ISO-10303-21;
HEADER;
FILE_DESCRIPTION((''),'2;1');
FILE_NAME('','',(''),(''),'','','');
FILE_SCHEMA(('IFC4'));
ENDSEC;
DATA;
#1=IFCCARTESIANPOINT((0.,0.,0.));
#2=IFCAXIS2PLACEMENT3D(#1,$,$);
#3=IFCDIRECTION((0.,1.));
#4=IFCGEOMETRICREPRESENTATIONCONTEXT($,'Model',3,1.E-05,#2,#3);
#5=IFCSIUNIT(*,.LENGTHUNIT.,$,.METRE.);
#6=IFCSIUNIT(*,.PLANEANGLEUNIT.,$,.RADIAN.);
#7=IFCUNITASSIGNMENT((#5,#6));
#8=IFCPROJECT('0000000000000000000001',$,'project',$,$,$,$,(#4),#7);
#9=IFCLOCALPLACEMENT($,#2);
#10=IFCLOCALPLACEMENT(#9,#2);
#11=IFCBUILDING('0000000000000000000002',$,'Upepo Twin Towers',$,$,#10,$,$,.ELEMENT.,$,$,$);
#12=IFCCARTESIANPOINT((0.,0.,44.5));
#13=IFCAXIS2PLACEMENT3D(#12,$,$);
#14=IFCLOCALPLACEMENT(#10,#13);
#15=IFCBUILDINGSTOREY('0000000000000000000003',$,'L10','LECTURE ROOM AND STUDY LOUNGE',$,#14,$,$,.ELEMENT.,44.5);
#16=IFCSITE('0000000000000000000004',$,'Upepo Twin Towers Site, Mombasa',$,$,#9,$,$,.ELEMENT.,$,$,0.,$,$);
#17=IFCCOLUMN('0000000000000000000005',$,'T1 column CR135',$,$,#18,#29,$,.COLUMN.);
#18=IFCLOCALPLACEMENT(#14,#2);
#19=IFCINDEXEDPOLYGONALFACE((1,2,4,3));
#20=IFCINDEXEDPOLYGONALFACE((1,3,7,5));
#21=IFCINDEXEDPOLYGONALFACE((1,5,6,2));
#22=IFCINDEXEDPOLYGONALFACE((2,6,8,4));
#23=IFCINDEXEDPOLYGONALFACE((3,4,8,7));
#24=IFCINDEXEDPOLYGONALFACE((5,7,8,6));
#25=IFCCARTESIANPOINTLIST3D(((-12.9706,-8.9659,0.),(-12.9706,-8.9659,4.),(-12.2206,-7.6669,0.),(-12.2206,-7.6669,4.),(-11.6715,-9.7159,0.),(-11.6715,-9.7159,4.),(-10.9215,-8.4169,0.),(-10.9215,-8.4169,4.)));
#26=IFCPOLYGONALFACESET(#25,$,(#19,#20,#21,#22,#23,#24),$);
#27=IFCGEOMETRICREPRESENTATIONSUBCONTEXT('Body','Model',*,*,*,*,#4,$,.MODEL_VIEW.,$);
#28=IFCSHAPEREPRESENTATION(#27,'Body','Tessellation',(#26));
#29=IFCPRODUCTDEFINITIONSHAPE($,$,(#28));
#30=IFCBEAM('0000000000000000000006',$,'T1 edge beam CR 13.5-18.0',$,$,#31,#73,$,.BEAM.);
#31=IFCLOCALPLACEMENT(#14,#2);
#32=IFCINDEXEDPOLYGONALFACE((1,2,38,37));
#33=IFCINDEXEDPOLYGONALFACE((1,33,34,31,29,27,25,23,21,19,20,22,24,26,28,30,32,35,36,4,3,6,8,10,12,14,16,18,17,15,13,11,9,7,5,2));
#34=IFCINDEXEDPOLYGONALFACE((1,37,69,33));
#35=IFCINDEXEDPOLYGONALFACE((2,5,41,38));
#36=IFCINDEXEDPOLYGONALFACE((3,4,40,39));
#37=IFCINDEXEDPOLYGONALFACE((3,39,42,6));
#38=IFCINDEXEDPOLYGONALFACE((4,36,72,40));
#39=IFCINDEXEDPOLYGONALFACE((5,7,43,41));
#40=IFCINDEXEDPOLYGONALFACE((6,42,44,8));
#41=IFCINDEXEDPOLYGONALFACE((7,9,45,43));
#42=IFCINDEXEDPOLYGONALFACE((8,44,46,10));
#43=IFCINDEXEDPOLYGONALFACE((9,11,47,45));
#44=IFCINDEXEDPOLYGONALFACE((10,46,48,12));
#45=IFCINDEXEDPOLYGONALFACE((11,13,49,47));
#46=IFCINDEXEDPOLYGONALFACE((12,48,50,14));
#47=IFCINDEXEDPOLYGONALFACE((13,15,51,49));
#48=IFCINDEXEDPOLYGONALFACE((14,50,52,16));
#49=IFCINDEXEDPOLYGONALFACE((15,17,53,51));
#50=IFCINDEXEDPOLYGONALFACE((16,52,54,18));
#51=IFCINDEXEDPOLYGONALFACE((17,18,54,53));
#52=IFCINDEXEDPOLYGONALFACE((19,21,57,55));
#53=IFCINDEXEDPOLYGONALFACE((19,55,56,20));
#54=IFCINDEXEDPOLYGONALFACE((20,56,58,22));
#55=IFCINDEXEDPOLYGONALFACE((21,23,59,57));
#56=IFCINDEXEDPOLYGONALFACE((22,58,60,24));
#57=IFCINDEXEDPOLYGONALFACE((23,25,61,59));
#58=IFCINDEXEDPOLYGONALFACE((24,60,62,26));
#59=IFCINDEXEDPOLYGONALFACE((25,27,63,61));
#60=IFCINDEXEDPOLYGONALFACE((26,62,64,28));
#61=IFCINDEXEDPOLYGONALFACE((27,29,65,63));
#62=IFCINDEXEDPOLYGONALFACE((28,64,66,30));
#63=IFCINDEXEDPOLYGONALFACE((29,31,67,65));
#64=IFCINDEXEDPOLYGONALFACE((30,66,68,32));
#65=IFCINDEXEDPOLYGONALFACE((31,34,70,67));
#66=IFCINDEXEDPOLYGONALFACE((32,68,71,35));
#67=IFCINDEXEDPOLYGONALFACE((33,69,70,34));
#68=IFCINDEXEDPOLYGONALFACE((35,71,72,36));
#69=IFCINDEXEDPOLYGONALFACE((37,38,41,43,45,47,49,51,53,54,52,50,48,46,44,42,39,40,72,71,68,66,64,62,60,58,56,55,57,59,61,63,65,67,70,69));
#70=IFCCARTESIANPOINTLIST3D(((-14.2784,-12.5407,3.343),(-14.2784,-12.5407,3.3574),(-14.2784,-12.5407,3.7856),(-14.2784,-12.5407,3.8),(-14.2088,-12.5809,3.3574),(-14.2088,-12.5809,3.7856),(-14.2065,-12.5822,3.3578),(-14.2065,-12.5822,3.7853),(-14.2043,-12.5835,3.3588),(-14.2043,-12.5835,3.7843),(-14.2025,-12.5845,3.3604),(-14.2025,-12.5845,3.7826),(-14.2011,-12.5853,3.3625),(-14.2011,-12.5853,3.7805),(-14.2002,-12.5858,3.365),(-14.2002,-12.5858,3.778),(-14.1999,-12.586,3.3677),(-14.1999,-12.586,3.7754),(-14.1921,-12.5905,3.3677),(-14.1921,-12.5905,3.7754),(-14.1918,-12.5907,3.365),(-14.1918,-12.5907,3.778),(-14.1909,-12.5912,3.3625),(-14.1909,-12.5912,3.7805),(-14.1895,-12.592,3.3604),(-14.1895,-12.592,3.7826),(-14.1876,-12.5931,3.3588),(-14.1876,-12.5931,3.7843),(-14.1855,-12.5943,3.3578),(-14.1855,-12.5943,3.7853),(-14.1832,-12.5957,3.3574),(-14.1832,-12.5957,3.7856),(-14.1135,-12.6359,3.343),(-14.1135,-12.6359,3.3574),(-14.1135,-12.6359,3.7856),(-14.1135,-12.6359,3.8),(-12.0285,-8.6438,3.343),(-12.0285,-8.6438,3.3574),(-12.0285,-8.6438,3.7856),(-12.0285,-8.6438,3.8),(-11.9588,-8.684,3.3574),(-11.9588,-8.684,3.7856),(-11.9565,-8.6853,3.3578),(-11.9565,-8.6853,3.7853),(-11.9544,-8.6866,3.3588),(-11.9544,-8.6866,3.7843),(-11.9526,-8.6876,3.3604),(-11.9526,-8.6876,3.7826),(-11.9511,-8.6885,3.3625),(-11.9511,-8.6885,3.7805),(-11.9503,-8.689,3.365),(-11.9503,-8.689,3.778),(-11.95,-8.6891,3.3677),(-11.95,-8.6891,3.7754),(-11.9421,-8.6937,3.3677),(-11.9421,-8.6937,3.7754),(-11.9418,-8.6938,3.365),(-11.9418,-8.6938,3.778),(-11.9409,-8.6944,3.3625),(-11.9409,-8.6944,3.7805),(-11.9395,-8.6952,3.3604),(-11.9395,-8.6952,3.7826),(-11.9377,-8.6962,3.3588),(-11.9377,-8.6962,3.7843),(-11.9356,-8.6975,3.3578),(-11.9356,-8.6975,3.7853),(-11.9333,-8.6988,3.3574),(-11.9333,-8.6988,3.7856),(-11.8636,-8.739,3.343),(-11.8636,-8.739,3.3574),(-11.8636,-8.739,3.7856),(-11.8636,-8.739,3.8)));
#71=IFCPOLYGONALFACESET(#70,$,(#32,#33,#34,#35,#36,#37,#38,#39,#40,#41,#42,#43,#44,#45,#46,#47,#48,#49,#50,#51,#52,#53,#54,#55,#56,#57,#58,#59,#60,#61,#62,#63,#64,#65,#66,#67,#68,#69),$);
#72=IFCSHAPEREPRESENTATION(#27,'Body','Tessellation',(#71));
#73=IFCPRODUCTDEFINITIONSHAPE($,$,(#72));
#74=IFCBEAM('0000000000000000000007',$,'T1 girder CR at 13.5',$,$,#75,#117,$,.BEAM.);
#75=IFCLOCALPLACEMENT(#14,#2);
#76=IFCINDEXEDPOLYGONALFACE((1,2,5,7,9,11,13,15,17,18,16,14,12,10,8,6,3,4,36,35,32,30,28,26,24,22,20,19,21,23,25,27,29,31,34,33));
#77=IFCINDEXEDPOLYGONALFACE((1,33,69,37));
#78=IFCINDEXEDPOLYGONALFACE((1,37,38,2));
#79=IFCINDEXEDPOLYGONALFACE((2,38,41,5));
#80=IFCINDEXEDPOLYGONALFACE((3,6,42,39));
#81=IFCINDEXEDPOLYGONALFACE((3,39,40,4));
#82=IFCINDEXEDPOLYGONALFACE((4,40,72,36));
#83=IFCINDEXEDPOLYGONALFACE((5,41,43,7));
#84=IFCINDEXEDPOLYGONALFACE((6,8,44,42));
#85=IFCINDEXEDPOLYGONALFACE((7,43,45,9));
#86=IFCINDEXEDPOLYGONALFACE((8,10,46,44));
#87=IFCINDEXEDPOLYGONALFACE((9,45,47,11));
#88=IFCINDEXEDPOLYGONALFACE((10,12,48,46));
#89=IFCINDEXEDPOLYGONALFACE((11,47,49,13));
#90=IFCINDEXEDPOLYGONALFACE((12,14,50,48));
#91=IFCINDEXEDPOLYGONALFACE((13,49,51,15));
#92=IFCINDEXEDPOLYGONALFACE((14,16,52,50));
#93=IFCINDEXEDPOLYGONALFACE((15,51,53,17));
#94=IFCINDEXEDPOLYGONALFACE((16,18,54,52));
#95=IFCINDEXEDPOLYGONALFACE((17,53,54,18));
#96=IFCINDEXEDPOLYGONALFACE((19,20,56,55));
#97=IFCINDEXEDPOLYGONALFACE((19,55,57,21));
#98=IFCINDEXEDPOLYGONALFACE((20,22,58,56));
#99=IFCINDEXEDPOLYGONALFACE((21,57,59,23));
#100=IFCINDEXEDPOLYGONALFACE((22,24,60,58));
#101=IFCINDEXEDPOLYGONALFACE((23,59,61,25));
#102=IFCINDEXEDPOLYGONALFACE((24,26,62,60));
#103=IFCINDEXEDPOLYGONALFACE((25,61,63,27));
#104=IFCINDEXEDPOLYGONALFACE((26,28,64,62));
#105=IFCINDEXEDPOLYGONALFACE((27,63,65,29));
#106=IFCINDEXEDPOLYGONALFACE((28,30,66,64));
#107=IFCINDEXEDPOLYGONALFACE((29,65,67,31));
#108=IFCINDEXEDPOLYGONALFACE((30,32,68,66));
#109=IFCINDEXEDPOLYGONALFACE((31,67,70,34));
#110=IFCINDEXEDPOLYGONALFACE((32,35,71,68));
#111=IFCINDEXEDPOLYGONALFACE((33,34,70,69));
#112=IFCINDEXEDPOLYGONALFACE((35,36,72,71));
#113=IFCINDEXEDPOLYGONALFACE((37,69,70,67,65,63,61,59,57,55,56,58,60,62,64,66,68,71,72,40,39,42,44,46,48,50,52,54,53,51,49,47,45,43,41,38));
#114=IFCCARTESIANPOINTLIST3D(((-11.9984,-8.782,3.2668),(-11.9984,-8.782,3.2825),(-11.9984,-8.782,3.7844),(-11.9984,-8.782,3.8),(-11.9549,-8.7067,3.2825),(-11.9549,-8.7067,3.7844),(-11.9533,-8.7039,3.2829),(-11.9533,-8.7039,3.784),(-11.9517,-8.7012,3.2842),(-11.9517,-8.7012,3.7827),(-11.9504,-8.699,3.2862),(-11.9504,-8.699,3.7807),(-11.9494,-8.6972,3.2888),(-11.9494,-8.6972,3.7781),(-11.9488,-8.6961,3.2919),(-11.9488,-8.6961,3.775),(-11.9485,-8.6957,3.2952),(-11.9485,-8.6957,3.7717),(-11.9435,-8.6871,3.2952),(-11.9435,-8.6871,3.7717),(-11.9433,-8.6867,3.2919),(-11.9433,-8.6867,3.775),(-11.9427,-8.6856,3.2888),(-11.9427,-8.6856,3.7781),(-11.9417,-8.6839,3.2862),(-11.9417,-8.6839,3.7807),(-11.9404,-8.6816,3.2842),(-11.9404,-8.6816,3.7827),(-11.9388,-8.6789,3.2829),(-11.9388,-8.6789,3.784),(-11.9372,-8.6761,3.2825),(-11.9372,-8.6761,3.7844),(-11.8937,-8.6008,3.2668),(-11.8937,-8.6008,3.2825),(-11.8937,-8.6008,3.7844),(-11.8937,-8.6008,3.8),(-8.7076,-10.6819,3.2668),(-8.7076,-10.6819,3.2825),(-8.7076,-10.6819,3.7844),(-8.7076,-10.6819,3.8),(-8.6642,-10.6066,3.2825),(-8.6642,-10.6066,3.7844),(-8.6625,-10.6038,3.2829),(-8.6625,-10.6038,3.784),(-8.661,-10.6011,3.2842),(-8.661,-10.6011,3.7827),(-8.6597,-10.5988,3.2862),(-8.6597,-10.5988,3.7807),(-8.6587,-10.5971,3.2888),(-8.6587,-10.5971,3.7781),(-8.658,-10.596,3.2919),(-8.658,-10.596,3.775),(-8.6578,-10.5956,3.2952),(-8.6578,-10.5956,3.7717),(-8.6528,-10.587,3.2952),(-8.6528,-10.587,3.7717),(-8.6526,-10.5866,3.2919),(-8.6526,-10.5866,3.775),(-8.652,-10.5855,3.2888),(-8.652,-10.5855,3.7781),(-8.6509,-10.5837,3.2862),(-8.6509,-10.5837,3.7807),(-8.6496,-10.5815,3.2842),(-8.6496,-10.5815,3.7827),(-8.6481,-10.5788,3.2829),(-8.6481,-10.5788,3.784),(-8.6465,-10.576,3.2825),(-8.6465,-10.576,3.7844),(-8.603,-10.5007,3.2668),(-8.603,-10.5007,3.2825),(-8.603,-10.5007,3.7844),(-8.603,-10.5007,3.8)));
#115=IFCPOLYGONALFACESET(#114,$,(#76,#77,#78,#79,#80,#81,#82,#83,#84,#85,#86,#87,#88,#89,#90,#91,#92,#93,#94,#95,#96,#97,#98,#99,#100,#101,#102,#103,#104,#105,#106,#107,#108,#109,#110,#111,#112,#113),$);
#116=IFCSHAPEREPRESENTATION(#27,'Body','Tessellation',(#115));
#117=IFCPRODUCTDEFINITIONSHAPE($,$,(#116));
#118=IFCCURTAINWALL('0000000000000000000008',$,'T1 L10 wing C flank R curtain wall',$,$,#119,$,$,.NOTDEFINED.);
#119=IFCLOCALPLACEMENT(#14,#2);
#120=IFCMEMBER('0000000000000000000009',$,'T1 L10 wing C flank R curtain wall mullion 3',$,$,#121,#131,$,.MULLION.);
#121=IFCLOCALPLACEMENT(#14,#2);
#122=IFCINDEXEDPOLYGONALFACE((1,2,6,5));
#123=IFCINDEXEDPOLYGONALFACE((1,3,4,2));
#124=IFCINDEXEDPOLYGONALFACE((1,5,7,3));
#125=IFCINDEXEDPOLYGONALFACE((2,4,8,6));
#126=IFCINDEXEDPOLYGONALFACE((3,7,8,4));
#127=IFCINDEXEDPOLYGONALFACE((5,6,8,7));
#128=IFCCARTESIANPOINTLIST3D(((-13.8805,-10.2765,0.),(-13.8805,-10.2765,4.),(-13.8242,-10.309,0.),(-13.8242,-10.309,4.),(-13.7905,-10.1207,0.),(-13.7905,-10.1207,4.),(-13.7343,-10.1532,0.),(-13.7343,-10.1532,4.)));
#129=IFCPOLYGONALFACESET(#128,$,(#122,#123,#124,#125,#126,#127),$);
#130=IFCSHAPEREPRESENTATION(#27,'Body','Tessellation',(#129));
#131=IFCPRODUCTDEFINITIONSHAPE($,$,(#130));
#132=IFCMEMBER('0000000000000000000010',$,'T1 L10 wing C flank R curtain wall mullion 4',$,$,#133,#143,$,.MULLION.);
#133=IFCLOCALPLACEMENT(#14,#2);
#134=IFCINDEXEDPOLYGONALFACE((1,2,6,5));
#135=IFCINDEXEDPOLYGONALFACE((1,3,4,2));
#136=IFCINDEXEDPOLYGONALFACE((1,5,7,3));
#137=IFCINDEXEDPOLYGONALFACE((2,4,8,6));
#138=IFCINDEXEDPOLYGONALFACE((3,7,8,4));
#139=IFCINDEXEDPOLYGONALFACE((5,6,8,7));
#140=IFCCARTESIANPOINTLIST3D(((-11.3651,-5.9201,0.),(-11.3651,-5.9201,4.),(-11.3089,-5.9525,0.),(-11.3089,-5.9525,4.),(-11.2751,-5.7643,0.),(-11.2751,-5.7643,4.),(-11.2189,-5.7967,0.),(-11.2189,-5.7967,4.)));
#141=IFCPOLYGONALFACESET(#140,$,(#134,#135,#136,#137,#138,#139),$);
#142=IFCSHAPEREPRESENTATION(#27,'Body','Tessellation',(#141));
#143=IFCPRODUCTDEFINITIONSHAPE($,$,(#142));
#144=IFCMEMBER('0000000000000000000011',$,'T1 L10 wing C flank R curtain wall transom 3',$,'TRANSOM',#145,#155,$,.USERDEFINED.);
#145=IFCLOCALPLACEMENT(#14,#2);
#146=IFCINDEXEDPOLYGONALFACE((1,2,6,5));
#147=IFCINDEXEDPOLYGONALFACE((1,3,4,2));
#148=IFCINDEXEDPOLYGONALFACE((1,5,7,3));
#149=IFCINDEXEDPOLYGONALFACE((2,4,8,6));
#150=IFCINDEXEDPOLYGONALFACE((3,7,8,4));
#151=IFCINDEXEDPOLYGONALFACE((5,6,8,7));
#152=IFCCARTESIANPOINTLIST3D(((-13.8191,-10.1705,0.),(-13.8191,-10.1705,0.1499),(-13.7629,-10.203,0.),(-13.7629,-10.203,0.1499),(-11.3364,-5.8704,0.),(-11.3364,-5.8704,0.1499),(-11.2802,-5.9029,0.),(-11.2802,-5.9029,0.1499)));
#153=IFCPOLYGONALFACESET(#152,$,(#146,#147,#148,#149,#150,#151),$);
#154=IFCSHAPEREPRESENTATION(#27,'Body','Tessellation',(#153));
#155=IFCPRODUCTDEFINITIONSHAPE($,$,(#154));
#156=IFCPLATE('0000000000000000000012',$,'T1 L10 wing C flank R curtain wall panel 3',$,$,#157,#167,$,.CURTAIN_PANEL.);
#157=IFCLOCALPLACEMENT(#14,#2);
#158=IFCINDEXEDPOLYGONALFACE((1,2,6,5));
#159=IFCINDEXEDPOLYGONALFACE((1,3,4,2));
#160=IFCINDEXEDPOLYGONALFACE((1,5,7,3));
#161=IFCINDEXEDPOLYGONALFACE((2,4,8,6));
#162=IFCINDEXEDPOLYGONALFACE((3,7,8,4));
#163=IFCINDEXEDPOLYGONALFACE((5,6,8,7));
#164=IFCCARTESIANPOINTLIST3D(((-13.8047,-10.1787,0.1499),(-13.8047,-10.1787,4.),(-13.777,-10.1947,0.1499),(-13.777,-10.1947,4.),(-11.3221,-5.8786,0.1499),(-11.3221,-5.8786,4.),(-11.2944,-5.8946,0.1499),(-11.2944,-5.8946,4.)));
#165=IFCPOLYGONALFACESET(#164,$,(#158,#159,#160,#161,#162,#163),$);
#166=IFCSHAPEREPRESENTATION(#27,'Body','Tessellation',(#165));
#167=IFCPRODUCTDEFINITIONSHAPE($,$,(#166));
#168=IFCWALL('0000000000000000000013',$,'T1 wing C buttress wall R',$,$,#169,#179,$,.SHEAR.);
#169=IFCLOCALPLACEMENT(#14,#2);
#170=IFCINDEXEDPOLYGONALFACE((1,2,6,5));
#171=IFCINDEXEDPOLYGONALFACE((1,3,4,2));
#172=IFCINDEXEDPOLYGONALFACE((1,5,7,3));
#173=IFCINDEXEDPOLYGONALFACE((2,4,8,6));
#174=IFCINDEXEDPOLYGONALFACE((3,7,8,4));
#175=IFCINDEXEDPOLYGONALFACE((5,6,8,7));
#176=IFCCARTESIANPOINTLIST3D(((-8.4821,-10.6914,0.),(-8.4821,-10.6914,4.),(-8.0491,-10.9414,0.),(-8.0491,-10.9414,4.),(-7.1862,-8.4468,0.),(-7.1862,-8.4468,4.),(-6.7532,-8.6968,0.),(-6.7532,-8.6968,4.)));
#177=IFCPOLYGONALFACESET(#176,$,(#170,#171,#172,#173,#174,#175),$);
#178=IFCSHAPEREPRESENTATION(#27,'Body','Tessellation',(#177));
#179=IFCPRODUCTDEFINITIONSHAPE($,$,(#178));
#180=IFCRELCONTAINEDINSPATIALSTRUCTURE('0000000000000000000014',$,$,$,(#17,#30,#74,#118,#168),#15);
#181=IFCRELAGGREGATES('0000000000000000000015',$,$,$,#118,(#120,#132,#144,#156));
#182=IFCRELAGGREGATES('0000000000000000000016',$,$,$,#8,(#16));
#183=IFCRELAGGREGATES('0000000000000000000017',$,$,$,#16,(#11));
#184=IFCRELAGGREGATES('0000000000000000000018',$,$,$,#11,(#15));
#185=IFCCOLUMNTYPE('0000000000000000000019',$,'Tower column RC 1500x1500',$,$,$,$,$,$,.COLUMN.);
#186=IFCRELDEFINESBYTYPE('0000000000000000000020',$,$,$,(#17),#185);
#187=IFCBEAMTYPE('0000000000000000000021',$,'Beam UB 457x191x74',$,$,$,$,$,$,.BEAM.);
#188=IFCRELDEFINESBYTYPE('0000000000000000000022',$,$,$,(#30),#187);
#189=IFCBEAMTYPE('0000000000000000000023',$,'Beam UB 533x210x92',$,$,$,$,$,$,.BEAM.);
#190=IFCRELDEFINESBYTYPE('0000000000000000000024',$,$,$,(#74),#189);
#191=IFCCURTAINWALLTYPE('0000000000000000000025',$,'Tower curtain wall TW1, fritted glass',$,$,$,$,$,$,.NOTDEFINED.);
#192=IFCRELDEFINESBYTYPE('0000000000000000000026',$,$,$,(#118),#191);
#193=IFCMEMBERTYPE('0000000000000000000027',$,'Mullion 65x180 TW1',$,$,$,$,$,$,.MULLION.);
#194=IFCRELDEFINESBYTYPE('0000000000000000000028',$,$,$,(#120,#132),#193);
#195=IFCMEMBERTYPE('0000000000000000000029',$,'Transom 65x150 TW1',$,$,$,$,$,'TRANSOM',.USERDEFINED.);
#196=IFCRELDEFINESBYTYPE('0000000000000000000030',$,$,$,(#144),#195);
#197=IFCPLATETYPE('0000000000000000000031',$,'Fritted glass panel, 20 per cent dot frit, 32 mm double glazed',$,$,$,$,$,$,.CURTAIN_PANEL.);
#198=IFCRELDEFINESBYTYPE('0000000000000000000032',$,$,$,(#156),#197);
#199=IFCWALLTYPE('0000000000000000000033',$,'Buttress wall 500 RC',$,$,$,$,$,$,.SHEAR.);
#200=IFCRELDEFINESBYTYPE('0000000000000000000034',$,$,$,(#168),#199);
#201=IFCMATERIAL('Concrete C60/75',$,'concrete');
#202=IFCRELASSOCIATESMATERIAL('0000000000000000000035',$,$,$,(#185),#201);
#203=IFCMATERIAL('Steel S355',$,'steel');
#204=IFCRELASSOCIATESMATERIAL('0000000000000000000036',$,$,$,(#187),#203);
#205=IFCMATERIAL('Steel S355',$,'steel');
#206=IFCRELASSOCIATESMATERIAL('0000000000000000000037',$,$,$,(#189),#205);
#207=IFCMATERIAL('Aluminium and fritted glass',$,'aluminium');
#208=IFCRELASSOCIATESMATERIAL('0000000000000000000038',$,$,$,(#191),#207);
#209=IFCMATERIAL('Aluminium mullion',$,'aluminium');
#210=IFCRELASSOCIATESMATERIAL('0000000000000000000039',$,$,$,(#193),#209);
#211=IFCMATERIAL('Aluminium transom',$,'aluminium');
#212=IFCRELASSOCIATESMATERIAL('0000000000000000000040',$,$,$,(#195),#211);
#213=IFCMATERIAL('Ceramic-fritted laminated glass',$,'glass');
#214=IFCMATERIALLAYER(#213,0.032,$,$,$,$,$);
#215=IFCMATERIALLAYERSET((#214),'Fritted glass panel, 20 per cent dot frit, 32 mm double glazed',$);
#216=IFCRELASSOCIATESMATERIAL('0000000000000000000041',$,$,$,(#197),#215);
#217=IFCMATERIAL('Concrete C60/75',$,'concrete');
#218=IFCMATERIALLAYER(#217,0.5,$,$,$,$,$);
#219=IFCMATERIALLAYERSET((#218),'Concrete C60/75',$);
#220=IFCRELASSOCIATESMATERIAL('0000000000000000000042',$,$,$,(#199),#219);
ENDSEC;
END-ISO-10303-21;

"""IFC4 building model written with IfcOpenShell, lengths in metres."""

from ifc_helpers import new_model, si_unit, direction, frame, frame_2d, origin, origin_2d, place, context, subcontext, project, spatial, rectangle, i_section, extrude, material, layer, layer_set, material_profile, profile_set, type_object, element, aggregate, save


model = new_model("IFC4")

# Units and contexts
model_context = context("Model", 3, precision=1e-05, world=origin(), true_north=direction((0.0, 1.0)))
body_context = subcontext(model_context, "Body", "Model", "MODEL_VIEW")
ifc_project = project(units=[si_unit("LENGTHUNIT", "METRE"), si_unit("PLANEANGLEUNIT", "RADIAN")], contexts=[model_context])

# Site, building, storey
site_placement = place(None, origin())
site = spatial("IfcSite", under=ifc_project, at=site_placement, Name="Upepo Twin Towers Site, Mombasa", CompositionType="ELEMENT", RefElevation=0.0)
building_placement = place(site_placement, origin())
building = spatial("IfcBuilding", under=site, at=building_placement, Name="Upepo Twin Towers", CompositionType="ELEMENT")
storey_placement = place(building_placement, frame((0.0, 0.0, 44.5)))
storey = spatial("IfcBuildingStorey", under=building, at=storey_placement, Name="L10", Description="LECTURE ROOM AND STUDY LOUNGE", CompositionType="ELEMENT", Elevation=44.5)

# Column
ifc_material_1 = material(Name="Concrete C60/75", Category="concrete")
ifc_material_profile_1 = material_profile(ifc_material_1, rectangle(XDim=1.5, YDim=1.5, at=origin_2d()), Name="RC 1500x1500")
ifc_profile_set_1 = profile_set([ifc_material_profile_1], Name="Concrete C60/75")
column_type = type_object("IfcColumnType", Name="Tower column RC 1500x1500", PredefinedType="COLUMN", material=ifc_profile_set_1)
column_placement = place(storey_placement, frame((-11.946, -8.6914, 0.0), z_axis=(0.0, 0.0, 1.0), x_axis=(0.5, 0.866025, 0.0)))
element("IfcColumn", 1, at=column_placement, inside=storey, type_object=column_type, Name="T1 column CR135", PredefinedType="COLUMN", context=body_context, shape_type="SweptSolid", body=[
    extrude(rectangle(XDim=1.5, YDim=1.5, at=origin_2d()), origin(), (0.0, 0.0, 1.0), 4.0),
])

# Beams
ifc_material_2 = material(Name="Steel S355", Category="steel")
ifc_material_profile_2 = material_profile(ifc_material_2, i_section(OverallWidth=0.1904, OverallDepth=0.457, WebThickness=0.009, FlangeThickness=0.0144, FilletRadius=0.0103, at=origin_2d()), Name="UB 457x191x74")
ifc_profile_set_2 = profile_set([ifc_material_profile_2], Name="Steel S355")
beam_type_1 = type_object("IfcBeamType", Name="Beam UB 457x191x74", PredefinedType="BEAM", material=ifc_profile_set_2)
beam_1_placement = place(storey_placement, frame((-11.946, -8.6914, 3.5715), z_axis=(-0.500014, -0.866018, 0.0), x_axis=(0.866018, -0.500014, 0.0)))
element("IfcBeam", 2, at=beam_1_placement, inside=storey, type_object=beam_type_1, Name="T1 edge beam CR 13.5-18.0", PredefinedType="BEAM", context=body_context, shape_type="SweptSolid", body=[
    extrude(i_section(OverallWidth=0.1904, OverallDepth=0.457, WebThickness=0.009, FlangeThickness=0.0144, FilletRadius=0.0103, at=origin_2d()), origin(), (0.0, 0.0, 1.0), 4.4998),
])
ifc_material_3 = material(Name="Steel S355", Category="steel")
ifc_material_profile_3 = material_profile(ifc_material_3, i_section(OverallWidth=0.2092, OverallDepth=0.5332, WebThickness=0.01, FlangeThickness=0.0156, FilletRadius=0.0127, at=origin_2d()), Name="UB 533x210x92")
ifc_profile_set_3 = profile_set([ifc_material_profile_3], Name="Steel S355")
beam_type_2 = type_object("IfcBeamType", Name="Beam UB 533x210x92", PredefinedType="BEAM", material=ifc_profile_set_3)
beam_2_placement = place(storey_placement, frame((-11.946, -8.6914, 3.5334), z_axis=(0.866028, -0.499995, 0.0), x_axis=(0.499995, 0.866028, 0.0)))
element("IfcBeam", 3, at=beam_2_placement, inside=storey, type_object=beam_type_2, Name="T1 girder CR at 13.5", PredefinedType="BEAM", context=body_context, shape_type="SweptSolid", body=[
    extrude(i_section(OverallWidth=0.2092, OverallDepth=0.5332, WebThickness=0.01, FlangeThickness=0.0156, FilletRadius=0.0127, at=origin_2d()), origin(), (0.0, 0.0, 1.0), 3.7998),
])

# Curtain wall, members, plate
ifc_material_4 = material(Name="Aluminium and fritted glass", Category="aluminium")
curtain_wall_type = type_object("IfcCurtainWallType", Name="Tower curtain wall TW1, fritted glass", PredefinedType="NOTDEFINED", material=ifc_material_4)
curtain_wall_placement = place(storey_placement, origin())
curtain_wall = element("IfcCurtainWall", 4, at=curtain_wall_placement, inside=storey, type_object=curtain_wall_type, Name="T1 L10 wing C flank R curtain wall", PredefinedType="NOTDEFINED")
ifc_material_5 = material(Name="Aluminium mullion", Category="aluminium")
ifc_material_profile_4 = material_profile(ifc_material_5, rectangle(XDim=0.0649, YDim=0.1799, at=origin_2d()), Name="MULLION 65x180")
ifc_profile_set_4 = profile_set([ifc_material_profile_4], Name="Aluminium mullion")
member_type_1 = type_object("IfcMemberType", Name="Mullion 65x180 TW1", PredefinedType="MULLION", material=ifc_profile_set_4)
member_1_placement = place(storey_placement, frame((-13.8074, -10.2148, 0.0), z_axis=(0.0, 0.0, 1.0), x_axis=(-0.866025, 0.5, 0.0)))
member_1 = element("IfcMember", 5, at=member_1_placement, type_object=member_type_1, Name="T1 L10 wing C flank R curtain wall mullion 3", PredefinedType="MULLION", context=body_context, shape_type="SweptSolid", body=[
    extrude(rectangle(XDim=0.0649, YDim=0.1799, at=origin_2d()), origin(), (0.0, 0.0, 1.0), 4.0),
])
member_2_placement = place(storey_placement, frame((-11.292, -5.8584, 0.0), z_axis=(0.0, 0.0, 1.0), x_axis=(-0.866025, 0.5, 0.0)))
member_2 = element("IfcMember", 6, at=member_2_placement, type_object=member_type_1, Name="T1 L10 wing C flank R curtain wall mullion 4", PredefinedType="MULLION", context=body_context, shape_type="SweptSolid", body=[
    extrude(rectangle(XDim=0.0649, YDim=0.1799, at=origin_2d()), origin(), (0.0, 0.0, 1.0), 4.0),
])
ifc_material_6 = material(Name="Aluminium transom", Category="aluminium")
ifc_material_profile_5 = material_profile(ifc_material_6, rectangle(XDim=0.0649, YDim=0.1499, at=origin_2d()), Name="TRANSOM 65x150")
ifc_profile_set_5 = profile_set([ifc_material_profile_5], Name="Aluminium transom")
member_type_2 = type_object("IfcMemberType", Name="Transom 65x150 TW1", ElementType="TRANSOM", PredefinedType="USERDEFINED", material=ifc_profile_set_5)
member_3_placement = place(storey_placement, frame((-13.791, -10.1868, 0.075), z_axis=(0.500005, 0.866023, 0.0), x_axis=(-0.866023, 0.500005, 0.0)))
member_3 = element("IfcMember", 7, at=member_3_placement, type_object=member_type_2, Name="T1 L10 wing C flank R curtain wall transom 3", ObjectType="TRANSOM", PredefinedType="USERDEFINED", context=body_context, shape_type="SweptSolid", body=[
    extrude(rectangle(XDim=0.0649, YDim=0.1499, at=origin_2d()), origin(), (0.0, 0.0, 1.0), 4.9653),
])
ifc_material_7 = material(Name="Ceramic-fritted laminated glass", Category="glass")
ifc_layer_1 = layer(ifc_material_7, 0.032)
ifc_layer_set_1 = layer_set([ifc_layer_1], Name="Fritted glass panel, 20 per cent dot frit, 32 mm double glazed")
plate_type = type_object("IfcPlateType", Name="Fritted glass panel, 20 per cent dot frit, 32 mm double glazed", PredefinedType="CURTAIN_PANEL", material=ifc_layer_set_1)
plate_placement = place(storey_placement, frame((-12.5496, -8.0366, 0.1499), z_axis=(0.0, 0.0, 1.0), x_axis=(0.5, 0.866025, 0.0)))
plate = element("IfcPlate", 8, at=plate_placement, type_object=plate_type, Name="T1 L10 wing C flank R curtain wall panel 3", PredefinedType="CURTAIN_PANEL", context=body_context, shape_type="SweptSolid", body=[
    extrude(rectangle(XDim=4.9653, YDim=0.032, at=origin_2d()), origin(), (0.0, 0.0, 1.0), 3.8501),
])
aggregate(curtain_wall, [member_1, member_2, member_3, plate])

# Wall
ifc_material_8 = material(Name="Concrete C60/75", Category="concrete")
ifc_layer_2 = layer(ifc_material_8, 0.5)
ifc_layer_set_2 = layer_set([ifc_layer_2], Name="Concrete C60/75")
wall_type_1 = type_object("IfcWallType", Name="Buttress wall 500 RC", PredefinedType="SHEAR", material=ifc_layer_set_2)
wall_1_placement = place(storey_placement, frame((-6.9697, -8.5718, 0.0), z_axis=(0.0, 0.0, 1.0), x_axis=(-0.499989, -0.866032, 0.0)))
element("IfcWall", 9, at=wall_1_placement, inside=storey, type_object=wall_type_1, Name="T1 wing C buttress wall R", PredefinedType="SHEAR", context=body_context, shape_type="SweptSolid", body=[
    extrude(rectangle(XDim=2.5918, YDim=0.5, at=frame_2d((1.2959, 0.0))), origin(), (0.0, 0.0, 1.0), 4.0),
])

save(model, "model.ifc")
